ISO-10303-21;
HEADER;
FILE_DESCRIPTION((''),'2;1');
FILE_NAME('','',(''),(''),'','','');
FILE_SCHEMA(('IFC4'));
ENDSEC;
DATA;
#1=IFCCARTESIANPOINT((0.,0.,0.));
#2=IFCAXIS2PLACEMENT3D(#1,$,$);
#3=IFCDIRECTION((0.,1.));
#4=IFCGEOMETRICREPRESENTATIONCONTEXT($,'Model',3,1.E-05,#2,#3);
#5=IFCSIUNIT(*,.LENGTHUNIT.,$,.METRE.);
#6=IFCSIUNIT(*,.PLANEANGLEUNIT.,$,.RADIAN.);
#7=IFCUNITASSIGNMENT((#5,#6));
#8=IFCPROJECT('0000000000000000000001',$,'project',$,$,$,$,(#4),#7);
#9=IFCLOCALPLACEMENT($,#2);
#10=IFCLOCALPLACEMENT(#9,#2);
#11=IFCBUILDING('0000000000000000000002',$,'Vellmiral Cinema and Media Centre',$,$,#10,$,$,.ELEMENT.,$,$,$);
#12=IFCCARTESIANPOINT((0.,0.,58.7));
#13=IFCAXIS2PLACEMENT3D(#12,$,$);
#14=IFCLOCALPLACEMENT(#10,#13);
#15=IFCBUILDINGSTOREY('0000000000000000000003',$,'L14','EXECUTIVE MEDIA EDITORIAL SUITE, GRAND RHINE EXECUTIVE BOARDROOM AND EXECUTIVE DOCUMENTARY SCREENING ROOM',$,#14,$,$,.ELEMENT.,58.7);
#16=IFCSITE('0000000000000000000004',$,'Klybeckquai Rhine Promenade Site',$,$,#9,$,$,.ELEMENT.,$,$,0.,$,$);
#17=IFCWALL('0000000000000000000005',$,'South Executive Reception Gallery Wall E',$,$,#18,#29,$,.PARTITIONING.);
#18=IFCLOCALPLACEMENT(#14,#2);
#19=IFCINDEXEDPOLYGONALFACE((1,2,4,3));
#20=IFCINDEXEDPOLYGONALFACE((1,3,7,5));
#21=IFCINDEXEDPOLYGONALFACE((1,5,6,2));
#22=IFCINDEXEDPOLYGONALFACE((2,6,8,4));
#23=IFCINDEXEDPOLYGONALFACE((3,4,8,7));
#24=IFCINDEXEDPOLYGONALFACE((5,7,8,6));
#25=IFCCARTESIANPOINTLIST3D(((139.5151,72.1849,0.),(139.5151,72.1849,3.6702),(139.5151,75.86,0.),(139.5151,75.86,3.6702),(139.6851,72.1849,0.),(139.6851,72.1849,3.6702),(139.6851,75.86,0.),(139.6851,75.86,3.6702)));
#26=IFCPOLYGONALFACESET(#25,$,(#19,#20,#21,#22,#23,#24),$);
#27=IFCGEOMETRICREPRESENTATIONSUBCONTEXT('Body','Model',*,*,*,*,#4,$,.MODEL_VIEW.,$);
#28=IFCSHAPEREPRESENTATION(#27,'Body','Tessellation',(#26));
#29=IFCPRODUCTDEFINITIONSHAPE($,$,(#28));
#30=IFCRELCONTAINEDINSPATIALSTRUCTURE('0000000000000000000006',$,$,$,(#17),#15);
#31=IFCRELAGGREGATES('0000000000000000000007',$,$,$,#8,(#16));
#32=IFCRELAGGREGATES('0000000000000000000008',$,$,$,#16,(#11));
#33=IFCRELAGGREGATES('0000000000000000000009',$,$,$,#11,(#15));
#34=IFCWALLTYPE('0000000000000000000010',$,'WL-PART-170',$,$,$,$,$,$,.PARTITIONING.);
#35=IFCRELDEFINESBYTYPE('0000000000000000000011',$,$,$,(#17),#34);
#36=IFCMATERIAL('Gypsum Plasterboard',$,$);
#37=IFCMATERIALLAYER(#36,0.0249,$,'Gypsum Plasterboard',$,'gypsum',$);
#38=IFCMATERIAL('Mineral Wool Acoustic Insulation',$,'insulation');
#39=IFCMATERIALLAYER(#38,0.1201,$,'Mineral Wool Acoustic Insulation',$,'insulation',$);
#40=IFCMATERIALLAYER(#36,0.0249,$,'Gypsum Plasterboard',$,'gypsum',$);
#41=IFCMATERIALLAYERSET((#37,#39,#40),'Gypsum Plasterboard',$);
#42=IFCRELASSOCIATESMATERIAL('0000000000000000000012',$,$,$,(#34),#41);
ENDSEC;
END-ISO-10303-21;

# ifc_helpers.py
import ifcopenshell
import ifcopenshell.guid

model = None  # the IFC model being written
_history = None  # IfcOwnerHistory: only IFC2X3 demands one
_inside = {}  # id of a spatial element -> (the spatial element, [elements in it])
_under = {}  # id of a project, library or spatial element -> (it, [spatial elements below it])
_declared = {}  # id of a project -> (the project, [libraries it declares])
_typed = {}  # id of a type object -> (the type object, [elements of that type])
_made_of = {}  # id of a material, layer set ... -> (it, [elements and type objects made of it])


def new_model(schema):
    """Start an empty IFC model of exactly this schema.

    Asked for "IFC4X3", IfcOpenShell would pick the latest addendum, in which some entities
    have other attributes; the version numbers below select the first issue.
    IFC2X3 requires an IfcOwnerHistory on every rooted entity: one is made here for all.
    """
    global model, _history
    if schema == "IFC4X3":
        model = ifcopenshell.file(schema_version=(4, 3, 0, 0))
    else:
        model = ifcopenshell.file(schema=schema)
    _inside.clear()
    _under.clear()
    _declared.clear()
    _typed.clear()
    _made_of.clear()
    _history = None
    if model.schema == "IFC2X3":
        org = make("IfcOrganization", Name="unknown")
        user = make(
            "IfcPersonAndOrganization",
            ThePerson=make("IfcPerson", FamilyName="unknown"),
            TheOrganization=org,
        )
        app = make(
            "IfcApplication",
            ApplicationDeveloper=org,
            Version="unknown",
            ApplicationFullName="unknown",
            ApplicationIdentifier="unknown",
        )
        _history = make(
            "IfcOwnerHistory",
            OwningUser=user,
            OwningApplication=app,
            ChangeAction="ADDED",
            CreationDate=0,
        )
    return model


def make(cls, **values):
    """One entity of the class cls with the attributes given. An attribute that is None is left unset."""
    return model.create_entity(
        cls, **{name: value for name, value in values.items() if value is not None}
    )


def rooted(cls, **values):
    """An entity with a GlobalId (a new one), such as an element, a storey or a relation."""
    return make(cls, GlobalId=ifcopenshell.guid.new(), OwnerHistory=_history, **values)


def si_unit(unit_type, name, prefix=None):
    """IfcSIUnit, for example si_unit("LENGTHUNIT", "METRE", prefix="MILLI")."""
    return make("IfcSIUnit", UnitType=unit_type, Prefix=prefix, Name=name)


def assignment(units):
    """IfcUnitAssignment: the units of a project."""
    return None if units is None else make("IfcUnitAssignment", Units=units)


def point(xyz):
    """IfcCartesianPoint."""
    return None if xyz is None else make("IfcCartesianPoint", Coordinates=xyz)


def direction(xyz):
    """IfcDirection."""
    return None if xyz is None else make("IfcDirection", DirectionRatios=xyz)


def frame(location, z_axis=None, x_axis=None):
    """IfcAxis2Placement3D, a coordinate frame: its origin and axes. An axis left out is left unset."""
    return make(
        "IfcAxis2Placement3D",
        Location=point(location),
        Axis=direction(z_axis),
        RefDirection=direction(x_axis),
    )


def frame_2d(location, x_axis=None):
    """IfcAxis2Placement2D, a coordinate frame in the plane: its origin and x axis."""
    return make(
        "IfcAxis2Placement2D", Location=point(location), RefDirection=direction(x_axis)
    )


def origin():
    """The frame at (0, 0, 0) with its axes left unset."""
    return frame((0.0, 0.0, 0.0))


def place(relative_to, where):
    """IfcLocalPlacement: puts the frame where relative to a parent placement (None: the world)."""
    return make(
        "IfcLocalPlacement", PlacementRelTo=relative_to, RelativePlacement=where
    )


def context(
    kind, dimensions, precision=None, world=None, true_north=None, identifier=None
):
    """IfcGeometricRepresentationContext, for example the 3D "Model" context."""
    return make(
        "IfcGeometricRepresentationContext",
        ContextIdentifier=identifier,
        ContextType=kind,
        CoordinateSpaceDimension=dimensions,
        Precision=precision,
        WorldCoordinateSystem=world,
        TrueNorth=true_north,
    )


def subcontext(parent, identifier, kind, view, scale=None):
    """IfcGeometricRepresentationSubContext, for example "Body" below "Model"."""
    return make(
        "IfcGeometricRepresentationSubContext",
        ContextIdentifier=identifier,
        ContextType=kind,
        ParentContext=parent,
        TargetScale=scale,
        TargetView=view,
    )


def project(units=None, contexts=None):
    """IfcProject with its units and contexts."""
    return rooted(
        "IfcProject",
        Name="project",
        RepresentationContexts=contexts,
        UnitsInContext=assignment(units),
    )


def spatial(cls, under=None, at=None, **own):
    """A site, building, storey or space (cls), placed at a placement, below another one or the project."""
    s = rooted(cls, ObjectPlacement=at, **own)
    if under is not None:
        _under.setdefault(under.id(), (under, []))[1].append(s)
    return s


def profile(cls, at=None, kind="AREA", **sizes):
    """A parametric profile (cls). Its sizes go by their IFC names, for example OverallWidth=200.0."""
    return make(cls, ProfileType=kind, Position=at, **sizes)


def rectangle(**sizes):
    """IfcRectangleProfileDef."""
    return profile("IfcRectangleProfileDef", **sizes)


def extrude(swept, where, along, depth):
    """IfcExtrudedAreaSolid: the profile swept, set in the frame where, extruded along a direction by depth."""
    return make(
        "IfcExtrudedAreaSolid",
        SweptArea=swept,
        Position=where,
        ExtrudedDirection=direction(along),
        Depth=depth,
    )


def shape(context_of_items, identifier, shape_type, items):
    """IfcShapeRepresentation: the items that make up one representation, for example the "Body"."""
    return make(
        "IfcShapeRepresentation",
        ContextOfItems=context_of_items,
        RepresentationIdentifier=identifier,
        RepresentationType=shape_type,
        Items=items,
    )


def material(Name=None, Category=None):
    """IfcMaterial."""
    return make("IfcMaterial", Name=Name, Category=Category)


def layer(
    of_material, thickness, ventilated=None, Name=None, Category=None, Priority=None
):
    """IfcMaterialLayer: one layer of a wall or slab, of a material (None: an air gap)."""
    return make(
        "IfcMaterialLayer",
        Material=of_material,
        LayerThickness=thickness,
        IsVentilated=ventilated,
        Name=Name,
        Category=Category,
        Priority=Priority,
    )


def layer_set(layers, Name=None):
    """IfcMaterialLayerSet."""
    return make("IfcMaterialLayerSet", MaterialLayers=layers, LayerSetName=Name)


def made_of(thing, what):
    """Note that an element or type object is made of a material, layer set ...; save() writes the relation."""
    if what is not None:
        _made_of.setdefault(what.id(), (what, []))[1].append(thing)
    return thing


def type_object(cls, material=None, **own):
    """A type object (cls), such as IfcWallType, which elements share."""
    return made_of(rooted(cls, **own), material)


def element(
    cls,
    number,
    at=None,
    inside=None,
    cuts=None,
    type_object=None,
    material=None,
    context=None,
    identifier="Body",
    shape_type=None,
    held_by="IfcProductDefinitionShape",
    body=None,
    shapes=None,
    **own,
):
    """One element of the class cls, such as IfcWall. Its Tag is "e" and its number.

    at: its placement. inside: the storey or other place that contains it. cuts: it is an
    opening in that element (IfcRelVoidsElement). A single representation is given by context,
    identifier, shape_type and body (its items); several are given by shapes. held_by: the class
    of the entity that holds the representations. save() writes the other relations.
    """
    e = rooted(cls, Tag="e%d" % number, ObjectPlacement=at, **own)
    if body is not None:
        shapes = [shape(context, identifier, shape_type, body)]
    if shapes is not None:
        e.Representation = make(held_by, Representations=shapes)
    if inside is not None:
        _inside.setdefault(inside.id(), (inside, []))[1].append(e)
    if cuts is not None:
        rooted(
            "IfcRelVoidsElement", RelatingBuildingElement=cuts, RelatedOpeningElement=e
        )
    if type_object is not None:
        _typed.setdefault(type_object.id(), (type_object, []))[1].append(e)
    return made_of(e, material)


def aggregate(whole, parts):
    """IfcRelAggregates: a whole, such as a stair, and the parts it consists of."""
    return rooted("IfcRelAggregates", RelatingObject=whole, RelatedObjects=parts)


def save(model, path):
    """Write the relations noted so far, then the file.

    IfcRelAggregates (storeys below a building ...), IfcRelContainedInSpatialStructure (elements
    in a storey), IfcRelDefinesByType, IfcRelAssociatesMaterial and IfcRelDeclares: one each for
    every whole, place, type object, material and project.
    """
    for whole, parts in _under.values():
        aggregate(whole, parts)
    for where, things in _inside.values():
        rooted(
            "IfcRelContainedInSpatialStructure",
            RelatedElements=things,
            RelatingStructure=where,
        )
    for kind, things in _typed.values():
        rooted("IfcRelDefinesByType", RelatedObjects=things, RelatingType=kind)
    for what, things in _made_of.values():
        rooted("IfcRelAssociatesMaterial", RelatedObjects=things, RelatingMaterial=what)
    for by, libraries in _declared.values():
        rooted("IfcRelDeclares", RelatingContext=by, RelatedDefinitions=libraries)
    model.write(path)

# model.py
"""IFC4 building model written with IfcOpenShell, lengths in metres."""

from ifc_helpers import new_model, si_unit, direction, frame, frame_2d, origin, place, context, subcontext, project, spatial, rectangle, extrude, material, layer, layer_set, type_object, element, save


model = new_model("IFC4")

# Units and contexts
model_context = context("Model", 3, precision=1e-05, world=origin(), true_north=direction((0.0, 1.0)))
body_context = subcontext(model_context, "Body", "Model", "MODEL_VIEW")
ifc_project = project(units=[si_unit("LENGTHUNIT", "METRE"), si_unit("PLANEANGLEUNIT", "RADIAN")], contexts=[model_context])

# Site, building, storey
site_placement = place(None, origin())
site = spatial("IfcSite", under=ifc_project, at=site_placement, Name="Klybeckquai Rhine Promenade Site", CompositionType="ELEMENT", RefElevation=0.0)
building_placement = place(site_placement, origin())
building = spatial("IfcBuilding", under=site, at=building_placement, Name="Vellmiral Cinema and Media Centre", CompositionType="ELEMENT")
storey_placement = place(building_placement, frame((0.0, 0.0, 58.7)))
storey = spatial("IfcBuildingStorey", under=building, at=storey_placement, Name="L14", Description="EXECUTIVE MEDIA EDITORIAL SUITE, GRAND RHINE EXECUTIVE BOARDROOM AND EXECUTIVE DOCUMENTARY SCREENING ROOM", CompositionType="ELEMENT", Elevation=58.7)

# Wall
ifc_material_1 = material(Name="Gypsum Plasterboard")
ifc_layer_1 = layer(ifc_material_1, 0.0249, Name="Gypsum Plasterboard", Category="gypsum")
ifc_material_2 = material(Name="Mineral Wool Acoustic Insulation", Category="insulation")
ifc_layer_2 = layer(ifc_material_2, 0.1201, Name="Mineral Wool Acoustic Insulation", Category="insulation")
ifc_layer_3 = layer(ifc_material_1, 0.0249, Name="Gypsum Plasterboard", Category="gypsum")
ifc_layer_set_1 = layer_set([ifc_layer_1, ifc_layer_2, ifc_layer_3], Name="Gypsum Plasterboard")
wall_type_1 = type_object("IfcWallType", Name="WL-PART-170", PredefinedType="PARTITIONING", material=ifc_layer_set_1)
wall_1_placement = place(storey_placement, frame((139.6001, 72.1851, 0.0), z_axis=(0.0, 0.0, 1.0), x_axis=(0.0, 1.0, 0.0)))
element("IfcWall", 1, at=wall_1_placement, inside=storey, type_object=wall_type_1, Name="South Executive Reception Gallery Wall E", PredefinedType="PARTITIONING", context=body_context, shape_type="SweptSolid", body=[
    extrude(rectangle(XDim=3.675, YDim=0.1699, at=frame_2d((1.8374, 0.0))), origin(), (0.0, 0.0, 1.0), 3.6702),
])

save(model, "model.ifc")
